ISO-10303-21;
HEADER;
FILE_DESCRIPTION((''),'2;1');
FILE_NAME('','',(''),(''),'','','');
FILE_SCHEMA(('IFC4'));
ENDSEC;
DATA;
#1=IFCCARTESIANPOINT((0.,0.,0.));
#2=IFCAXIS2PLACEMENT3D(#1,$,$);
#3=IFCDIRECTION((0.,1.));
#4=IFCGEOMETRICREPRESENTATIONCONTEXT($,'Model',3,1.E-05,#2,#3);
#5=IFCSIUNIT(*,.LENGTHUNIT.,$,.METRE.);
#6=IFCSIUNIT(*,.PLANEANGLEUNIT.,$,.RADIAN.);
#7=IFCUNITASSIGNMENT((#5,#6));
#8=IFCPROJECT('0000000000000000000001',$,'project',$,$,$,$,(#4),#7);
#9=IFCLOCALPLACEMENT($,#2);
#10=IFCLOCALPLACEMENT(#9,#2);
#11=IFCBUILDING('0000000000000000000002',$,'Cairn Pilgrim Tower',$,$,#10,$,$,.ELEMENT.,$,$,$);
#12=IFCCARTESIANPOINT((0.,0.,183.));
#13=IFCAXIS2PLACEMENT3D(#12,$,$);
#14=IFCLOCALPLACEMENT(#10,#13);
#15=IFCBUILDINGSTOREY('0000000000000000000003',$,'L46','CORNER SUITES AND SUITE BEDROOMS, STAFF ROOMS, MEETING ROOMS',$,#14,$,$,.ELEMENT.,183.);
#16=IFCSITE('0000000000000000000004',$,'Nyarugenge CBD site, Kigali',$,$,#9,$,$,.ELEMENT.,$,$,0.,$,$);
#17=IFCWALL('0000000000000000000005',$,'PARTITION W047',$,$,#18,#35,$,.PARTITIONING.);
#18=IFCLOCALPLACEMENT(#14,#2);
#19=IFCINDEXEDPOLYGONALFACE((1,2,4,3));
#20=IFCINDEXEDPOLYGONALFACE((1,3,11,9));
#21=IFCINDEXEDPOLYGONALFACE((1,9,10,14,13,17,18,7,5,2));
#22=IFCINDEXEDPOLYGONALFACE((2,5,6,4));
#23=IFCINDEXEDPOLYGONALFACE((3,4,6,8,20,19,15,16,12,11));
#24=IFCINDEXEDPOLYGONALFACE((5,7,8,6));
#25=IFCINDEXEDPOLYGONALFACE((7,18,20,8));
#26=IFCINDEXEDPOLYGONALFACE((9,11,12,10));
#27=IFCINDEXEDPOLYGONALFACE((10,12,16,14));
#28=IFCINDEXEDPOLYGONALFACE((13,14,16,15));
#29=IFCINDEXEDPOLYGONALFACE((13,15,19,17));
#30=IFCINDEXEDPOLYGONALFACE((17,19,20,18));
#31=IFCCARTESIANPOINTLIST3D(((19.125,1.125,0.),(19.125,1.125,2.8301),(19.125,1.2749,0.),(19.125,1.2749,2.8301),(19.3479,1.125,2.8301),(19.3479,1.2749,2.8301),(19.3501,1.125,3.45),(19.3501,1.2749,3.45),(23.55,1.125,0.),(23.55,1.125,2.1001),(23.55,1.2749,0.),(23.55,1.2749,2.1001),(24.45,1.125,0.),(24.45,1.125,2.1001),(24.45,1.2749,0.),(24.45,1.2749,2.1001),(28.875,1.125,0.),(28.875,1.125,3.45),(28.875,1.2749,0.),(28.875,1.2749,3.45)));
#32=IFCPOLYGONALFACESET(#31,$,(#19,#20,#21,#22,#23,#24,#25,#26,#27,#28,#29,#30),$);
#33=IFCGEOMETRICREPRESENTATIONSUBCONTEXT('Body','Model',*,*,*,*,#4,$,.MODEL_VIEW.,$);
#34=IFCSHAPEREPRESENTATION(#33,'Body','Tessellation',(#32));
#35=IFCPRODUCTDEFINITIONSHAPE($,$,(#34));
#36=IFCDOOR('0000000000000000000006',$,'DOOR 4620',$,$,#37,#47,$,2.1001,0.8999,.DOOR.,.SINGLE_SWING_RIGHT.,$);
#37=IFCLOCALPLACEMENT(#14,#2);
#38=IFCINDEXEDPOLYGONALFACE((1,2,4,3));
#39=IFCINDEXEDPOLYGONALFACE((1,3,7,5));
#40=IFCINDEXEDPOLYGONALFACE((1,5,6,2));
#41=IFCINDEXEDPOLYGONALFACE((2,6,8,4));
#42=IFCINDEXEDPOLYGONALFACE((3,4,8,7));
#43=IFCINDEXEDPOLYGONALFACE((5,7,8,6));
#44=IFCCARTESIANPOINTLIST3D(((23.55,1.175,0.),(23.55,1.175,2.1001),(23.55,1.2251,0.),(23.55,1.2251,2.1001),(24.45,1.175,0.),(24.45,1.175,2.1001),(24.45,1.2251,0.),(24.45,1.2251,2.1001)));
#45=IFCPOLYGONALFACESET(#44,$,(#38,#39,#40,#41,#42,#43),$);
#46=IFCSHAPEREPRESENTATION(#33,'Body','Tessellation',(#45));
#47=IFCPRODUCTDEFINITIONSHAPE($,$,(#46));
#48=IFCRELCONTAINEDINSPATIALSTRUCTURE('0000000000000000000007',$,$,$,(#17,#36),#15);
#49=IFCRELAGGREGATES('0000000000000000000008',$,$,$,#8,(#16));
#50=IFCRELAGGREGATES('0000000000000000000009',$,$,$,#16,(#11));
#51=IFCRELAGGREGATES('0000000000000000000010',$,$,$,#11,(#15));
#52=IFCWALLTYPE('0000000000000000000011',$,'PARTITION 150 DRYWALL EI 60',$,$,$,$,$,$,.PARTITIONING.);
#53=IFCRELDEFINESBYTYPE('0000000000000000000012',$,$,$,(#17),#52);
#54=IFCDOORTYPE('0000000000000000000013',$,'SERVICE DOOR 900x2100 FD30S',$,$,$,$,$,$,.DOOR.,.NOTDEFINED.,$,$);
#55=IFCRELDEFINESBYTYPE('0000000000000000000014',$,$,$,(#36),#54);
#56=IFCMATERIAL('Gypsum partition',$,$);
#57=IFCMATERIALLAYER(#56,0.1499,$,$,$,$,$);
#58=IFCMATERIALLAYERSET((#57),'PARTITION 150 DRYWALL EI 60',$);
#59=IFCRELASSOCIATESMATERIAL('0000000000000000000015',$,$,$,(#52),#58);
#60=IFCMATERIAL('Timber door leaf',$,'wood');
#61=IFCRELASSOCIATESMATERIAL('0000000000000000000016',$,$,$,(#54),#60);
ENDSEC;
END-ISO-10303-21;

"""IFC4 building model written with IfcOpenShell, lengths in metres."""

from ifc_helpers import new_model, si_unit, direction, frame, frame_2d, origin, place, context, subcontext, project, spatial, polyline, rectangle, outline, extrude, material, layer, layer_set, type_object, element, fill, save


model = new_model("IFC4")

# Units and contexts
model_context = context("Model", 3, precision=1e-05, world=origin(), true_north=direction((0.0, 1.0)))
body_context = subcontext(model_context, "Body", "Model", "MODEL_VIEW")
ifc_project = project(units=[si_unit("LENGTHUNIT", "METRE"), si_unit("PLANEANGLEUNIT", "RADIAN")], contexts=[model_context])

# Site, building, storey
site_placement = place(None, origin())
site = spatial("IfcSite", under=ifc_project, at=site_placement, Name="Nyarugenge CBD site, Kigali", CompositionType="ELEMENT", RefElevation=0.0)
building_placement = place(site_placement, origin())
building = spatial("IfcBuilding", under=site, at=building_placement, Name="Cairn Pilgrim Tower", CompositionType="ELEMENT")
storey_placement = place(building_placement, frame((0.0, 0.0, 183.0)))
storey = spatial("IfcBuildingStorey", under=building, at=storey_placement, Name="L46", Description="CORNER SUITES AND SUITE BEDROOMS, STAFF ROOMS, MEETING ROOMS", CompositionType="ELEMENT", Elevation=183.0)

# Wall, opening, door
ifc_material_1 = material(Name="Gypsum partition")
ifc_layer_1 = layer(ifc_material_1, 0.1499)
ifc_layer_set_1 = layer_set([ifc_layer_1], Name="PARTITION 150 DRYWALL EI 60")
wall_type_1 = type_object("IfcWallType", Name="PARTITION 150 DRYWALL EI 60", PredefinedType="PARTITIONING", material=ifc_layer_set_1)
wall_1_placement = place(storey_placement, frame((19.125, 1.2, 0.0), z_axis=(0.0, 0.0, 1.0), x_axis=(1.0, 0.0, 0.0)))
wall_1 = element("IfcWall", 1, at=wall_1_placement, inside=storey, type_object=wall_type_1, Name="PARTITION W047", PredefinedType="PARTITIONING", context=body_context, shape_type="SweptSolid", body=[
    extrude(outline(polyline([(0.0, 0.0), (9.75, 0.0), (9.75, 3.45), (0.2251, 3.45), (0.2229, 2.8301), (0.0, 2.8301), (0.0, 0.0)])), frame((0.0, 0.075, 0.0), z_axis=(0.0, -1.0, 0.0), x_axis=(1.0, 0.0, 0.0)), (0.0, 0.0, 1.0), 0.1499),
])
opening_1_placement = place(wall_1_placement, frame((4.425, 0.0, 0.0)))
opening_1 = element("IfcOpeningElement", 2, at=opening_1_placement, cuts=wall_1, PredefinedType="OPENING", context=body_context, shape_type="SweptSolid", body=[
    extrude(rectangle(XDim=0.8999, YDim=2.1001, at=frame_2d((0.45, 1.05))), frame((0.0, 0.085, 0.0), z_axis=(0.0, -1.0, 0.0), x_axis=(1.0, 0.0, 0.0)), (0.0, 0.0, 1.0), 0.1699),
])
ifc_material_2 = material(Name="Timber door leaf", Category="wood")
door_type_1 = type_object("IfcDoorType", Name="SERVICE DOOR 900x2100 FD30S", OperationType="NOTDEFINED", PredefinedType="DOOR", material=ifc_material_2)
door_1_placement = place(opening_1_placement, frame((0.8999, 0.0, 0.0), z_axis=(0.0, 0.0, 1.0), x_axis=(-1.0, 0.0, 0.0)))
door_1 = element("IfcDoor", 3, at=door_1_placement, inside=storey, type_object=door_type_1, Name="DOOR 4620", OperationType="SINGLE_SWING_RIGHT", OverallHeight=2.1001, OverallWidth=0.8999, PredefinedType="DOOR", context=body_context, shape_type="SweptSolid", body=[
    extrude(rectangle(XDim=0.8999, YDim=2.1001, at=frame_2d((0.45, 1.05))), frame((0.0, 0.0249, 0.0), z_axis=(0.0, -1.0, 0.0), x_axis=(1.0, 0.0, 0.0)), (0.0, 0.0, 1.0), 0.05),
])
fill(opening_1, door_1)

save(model, "model.ifc")
